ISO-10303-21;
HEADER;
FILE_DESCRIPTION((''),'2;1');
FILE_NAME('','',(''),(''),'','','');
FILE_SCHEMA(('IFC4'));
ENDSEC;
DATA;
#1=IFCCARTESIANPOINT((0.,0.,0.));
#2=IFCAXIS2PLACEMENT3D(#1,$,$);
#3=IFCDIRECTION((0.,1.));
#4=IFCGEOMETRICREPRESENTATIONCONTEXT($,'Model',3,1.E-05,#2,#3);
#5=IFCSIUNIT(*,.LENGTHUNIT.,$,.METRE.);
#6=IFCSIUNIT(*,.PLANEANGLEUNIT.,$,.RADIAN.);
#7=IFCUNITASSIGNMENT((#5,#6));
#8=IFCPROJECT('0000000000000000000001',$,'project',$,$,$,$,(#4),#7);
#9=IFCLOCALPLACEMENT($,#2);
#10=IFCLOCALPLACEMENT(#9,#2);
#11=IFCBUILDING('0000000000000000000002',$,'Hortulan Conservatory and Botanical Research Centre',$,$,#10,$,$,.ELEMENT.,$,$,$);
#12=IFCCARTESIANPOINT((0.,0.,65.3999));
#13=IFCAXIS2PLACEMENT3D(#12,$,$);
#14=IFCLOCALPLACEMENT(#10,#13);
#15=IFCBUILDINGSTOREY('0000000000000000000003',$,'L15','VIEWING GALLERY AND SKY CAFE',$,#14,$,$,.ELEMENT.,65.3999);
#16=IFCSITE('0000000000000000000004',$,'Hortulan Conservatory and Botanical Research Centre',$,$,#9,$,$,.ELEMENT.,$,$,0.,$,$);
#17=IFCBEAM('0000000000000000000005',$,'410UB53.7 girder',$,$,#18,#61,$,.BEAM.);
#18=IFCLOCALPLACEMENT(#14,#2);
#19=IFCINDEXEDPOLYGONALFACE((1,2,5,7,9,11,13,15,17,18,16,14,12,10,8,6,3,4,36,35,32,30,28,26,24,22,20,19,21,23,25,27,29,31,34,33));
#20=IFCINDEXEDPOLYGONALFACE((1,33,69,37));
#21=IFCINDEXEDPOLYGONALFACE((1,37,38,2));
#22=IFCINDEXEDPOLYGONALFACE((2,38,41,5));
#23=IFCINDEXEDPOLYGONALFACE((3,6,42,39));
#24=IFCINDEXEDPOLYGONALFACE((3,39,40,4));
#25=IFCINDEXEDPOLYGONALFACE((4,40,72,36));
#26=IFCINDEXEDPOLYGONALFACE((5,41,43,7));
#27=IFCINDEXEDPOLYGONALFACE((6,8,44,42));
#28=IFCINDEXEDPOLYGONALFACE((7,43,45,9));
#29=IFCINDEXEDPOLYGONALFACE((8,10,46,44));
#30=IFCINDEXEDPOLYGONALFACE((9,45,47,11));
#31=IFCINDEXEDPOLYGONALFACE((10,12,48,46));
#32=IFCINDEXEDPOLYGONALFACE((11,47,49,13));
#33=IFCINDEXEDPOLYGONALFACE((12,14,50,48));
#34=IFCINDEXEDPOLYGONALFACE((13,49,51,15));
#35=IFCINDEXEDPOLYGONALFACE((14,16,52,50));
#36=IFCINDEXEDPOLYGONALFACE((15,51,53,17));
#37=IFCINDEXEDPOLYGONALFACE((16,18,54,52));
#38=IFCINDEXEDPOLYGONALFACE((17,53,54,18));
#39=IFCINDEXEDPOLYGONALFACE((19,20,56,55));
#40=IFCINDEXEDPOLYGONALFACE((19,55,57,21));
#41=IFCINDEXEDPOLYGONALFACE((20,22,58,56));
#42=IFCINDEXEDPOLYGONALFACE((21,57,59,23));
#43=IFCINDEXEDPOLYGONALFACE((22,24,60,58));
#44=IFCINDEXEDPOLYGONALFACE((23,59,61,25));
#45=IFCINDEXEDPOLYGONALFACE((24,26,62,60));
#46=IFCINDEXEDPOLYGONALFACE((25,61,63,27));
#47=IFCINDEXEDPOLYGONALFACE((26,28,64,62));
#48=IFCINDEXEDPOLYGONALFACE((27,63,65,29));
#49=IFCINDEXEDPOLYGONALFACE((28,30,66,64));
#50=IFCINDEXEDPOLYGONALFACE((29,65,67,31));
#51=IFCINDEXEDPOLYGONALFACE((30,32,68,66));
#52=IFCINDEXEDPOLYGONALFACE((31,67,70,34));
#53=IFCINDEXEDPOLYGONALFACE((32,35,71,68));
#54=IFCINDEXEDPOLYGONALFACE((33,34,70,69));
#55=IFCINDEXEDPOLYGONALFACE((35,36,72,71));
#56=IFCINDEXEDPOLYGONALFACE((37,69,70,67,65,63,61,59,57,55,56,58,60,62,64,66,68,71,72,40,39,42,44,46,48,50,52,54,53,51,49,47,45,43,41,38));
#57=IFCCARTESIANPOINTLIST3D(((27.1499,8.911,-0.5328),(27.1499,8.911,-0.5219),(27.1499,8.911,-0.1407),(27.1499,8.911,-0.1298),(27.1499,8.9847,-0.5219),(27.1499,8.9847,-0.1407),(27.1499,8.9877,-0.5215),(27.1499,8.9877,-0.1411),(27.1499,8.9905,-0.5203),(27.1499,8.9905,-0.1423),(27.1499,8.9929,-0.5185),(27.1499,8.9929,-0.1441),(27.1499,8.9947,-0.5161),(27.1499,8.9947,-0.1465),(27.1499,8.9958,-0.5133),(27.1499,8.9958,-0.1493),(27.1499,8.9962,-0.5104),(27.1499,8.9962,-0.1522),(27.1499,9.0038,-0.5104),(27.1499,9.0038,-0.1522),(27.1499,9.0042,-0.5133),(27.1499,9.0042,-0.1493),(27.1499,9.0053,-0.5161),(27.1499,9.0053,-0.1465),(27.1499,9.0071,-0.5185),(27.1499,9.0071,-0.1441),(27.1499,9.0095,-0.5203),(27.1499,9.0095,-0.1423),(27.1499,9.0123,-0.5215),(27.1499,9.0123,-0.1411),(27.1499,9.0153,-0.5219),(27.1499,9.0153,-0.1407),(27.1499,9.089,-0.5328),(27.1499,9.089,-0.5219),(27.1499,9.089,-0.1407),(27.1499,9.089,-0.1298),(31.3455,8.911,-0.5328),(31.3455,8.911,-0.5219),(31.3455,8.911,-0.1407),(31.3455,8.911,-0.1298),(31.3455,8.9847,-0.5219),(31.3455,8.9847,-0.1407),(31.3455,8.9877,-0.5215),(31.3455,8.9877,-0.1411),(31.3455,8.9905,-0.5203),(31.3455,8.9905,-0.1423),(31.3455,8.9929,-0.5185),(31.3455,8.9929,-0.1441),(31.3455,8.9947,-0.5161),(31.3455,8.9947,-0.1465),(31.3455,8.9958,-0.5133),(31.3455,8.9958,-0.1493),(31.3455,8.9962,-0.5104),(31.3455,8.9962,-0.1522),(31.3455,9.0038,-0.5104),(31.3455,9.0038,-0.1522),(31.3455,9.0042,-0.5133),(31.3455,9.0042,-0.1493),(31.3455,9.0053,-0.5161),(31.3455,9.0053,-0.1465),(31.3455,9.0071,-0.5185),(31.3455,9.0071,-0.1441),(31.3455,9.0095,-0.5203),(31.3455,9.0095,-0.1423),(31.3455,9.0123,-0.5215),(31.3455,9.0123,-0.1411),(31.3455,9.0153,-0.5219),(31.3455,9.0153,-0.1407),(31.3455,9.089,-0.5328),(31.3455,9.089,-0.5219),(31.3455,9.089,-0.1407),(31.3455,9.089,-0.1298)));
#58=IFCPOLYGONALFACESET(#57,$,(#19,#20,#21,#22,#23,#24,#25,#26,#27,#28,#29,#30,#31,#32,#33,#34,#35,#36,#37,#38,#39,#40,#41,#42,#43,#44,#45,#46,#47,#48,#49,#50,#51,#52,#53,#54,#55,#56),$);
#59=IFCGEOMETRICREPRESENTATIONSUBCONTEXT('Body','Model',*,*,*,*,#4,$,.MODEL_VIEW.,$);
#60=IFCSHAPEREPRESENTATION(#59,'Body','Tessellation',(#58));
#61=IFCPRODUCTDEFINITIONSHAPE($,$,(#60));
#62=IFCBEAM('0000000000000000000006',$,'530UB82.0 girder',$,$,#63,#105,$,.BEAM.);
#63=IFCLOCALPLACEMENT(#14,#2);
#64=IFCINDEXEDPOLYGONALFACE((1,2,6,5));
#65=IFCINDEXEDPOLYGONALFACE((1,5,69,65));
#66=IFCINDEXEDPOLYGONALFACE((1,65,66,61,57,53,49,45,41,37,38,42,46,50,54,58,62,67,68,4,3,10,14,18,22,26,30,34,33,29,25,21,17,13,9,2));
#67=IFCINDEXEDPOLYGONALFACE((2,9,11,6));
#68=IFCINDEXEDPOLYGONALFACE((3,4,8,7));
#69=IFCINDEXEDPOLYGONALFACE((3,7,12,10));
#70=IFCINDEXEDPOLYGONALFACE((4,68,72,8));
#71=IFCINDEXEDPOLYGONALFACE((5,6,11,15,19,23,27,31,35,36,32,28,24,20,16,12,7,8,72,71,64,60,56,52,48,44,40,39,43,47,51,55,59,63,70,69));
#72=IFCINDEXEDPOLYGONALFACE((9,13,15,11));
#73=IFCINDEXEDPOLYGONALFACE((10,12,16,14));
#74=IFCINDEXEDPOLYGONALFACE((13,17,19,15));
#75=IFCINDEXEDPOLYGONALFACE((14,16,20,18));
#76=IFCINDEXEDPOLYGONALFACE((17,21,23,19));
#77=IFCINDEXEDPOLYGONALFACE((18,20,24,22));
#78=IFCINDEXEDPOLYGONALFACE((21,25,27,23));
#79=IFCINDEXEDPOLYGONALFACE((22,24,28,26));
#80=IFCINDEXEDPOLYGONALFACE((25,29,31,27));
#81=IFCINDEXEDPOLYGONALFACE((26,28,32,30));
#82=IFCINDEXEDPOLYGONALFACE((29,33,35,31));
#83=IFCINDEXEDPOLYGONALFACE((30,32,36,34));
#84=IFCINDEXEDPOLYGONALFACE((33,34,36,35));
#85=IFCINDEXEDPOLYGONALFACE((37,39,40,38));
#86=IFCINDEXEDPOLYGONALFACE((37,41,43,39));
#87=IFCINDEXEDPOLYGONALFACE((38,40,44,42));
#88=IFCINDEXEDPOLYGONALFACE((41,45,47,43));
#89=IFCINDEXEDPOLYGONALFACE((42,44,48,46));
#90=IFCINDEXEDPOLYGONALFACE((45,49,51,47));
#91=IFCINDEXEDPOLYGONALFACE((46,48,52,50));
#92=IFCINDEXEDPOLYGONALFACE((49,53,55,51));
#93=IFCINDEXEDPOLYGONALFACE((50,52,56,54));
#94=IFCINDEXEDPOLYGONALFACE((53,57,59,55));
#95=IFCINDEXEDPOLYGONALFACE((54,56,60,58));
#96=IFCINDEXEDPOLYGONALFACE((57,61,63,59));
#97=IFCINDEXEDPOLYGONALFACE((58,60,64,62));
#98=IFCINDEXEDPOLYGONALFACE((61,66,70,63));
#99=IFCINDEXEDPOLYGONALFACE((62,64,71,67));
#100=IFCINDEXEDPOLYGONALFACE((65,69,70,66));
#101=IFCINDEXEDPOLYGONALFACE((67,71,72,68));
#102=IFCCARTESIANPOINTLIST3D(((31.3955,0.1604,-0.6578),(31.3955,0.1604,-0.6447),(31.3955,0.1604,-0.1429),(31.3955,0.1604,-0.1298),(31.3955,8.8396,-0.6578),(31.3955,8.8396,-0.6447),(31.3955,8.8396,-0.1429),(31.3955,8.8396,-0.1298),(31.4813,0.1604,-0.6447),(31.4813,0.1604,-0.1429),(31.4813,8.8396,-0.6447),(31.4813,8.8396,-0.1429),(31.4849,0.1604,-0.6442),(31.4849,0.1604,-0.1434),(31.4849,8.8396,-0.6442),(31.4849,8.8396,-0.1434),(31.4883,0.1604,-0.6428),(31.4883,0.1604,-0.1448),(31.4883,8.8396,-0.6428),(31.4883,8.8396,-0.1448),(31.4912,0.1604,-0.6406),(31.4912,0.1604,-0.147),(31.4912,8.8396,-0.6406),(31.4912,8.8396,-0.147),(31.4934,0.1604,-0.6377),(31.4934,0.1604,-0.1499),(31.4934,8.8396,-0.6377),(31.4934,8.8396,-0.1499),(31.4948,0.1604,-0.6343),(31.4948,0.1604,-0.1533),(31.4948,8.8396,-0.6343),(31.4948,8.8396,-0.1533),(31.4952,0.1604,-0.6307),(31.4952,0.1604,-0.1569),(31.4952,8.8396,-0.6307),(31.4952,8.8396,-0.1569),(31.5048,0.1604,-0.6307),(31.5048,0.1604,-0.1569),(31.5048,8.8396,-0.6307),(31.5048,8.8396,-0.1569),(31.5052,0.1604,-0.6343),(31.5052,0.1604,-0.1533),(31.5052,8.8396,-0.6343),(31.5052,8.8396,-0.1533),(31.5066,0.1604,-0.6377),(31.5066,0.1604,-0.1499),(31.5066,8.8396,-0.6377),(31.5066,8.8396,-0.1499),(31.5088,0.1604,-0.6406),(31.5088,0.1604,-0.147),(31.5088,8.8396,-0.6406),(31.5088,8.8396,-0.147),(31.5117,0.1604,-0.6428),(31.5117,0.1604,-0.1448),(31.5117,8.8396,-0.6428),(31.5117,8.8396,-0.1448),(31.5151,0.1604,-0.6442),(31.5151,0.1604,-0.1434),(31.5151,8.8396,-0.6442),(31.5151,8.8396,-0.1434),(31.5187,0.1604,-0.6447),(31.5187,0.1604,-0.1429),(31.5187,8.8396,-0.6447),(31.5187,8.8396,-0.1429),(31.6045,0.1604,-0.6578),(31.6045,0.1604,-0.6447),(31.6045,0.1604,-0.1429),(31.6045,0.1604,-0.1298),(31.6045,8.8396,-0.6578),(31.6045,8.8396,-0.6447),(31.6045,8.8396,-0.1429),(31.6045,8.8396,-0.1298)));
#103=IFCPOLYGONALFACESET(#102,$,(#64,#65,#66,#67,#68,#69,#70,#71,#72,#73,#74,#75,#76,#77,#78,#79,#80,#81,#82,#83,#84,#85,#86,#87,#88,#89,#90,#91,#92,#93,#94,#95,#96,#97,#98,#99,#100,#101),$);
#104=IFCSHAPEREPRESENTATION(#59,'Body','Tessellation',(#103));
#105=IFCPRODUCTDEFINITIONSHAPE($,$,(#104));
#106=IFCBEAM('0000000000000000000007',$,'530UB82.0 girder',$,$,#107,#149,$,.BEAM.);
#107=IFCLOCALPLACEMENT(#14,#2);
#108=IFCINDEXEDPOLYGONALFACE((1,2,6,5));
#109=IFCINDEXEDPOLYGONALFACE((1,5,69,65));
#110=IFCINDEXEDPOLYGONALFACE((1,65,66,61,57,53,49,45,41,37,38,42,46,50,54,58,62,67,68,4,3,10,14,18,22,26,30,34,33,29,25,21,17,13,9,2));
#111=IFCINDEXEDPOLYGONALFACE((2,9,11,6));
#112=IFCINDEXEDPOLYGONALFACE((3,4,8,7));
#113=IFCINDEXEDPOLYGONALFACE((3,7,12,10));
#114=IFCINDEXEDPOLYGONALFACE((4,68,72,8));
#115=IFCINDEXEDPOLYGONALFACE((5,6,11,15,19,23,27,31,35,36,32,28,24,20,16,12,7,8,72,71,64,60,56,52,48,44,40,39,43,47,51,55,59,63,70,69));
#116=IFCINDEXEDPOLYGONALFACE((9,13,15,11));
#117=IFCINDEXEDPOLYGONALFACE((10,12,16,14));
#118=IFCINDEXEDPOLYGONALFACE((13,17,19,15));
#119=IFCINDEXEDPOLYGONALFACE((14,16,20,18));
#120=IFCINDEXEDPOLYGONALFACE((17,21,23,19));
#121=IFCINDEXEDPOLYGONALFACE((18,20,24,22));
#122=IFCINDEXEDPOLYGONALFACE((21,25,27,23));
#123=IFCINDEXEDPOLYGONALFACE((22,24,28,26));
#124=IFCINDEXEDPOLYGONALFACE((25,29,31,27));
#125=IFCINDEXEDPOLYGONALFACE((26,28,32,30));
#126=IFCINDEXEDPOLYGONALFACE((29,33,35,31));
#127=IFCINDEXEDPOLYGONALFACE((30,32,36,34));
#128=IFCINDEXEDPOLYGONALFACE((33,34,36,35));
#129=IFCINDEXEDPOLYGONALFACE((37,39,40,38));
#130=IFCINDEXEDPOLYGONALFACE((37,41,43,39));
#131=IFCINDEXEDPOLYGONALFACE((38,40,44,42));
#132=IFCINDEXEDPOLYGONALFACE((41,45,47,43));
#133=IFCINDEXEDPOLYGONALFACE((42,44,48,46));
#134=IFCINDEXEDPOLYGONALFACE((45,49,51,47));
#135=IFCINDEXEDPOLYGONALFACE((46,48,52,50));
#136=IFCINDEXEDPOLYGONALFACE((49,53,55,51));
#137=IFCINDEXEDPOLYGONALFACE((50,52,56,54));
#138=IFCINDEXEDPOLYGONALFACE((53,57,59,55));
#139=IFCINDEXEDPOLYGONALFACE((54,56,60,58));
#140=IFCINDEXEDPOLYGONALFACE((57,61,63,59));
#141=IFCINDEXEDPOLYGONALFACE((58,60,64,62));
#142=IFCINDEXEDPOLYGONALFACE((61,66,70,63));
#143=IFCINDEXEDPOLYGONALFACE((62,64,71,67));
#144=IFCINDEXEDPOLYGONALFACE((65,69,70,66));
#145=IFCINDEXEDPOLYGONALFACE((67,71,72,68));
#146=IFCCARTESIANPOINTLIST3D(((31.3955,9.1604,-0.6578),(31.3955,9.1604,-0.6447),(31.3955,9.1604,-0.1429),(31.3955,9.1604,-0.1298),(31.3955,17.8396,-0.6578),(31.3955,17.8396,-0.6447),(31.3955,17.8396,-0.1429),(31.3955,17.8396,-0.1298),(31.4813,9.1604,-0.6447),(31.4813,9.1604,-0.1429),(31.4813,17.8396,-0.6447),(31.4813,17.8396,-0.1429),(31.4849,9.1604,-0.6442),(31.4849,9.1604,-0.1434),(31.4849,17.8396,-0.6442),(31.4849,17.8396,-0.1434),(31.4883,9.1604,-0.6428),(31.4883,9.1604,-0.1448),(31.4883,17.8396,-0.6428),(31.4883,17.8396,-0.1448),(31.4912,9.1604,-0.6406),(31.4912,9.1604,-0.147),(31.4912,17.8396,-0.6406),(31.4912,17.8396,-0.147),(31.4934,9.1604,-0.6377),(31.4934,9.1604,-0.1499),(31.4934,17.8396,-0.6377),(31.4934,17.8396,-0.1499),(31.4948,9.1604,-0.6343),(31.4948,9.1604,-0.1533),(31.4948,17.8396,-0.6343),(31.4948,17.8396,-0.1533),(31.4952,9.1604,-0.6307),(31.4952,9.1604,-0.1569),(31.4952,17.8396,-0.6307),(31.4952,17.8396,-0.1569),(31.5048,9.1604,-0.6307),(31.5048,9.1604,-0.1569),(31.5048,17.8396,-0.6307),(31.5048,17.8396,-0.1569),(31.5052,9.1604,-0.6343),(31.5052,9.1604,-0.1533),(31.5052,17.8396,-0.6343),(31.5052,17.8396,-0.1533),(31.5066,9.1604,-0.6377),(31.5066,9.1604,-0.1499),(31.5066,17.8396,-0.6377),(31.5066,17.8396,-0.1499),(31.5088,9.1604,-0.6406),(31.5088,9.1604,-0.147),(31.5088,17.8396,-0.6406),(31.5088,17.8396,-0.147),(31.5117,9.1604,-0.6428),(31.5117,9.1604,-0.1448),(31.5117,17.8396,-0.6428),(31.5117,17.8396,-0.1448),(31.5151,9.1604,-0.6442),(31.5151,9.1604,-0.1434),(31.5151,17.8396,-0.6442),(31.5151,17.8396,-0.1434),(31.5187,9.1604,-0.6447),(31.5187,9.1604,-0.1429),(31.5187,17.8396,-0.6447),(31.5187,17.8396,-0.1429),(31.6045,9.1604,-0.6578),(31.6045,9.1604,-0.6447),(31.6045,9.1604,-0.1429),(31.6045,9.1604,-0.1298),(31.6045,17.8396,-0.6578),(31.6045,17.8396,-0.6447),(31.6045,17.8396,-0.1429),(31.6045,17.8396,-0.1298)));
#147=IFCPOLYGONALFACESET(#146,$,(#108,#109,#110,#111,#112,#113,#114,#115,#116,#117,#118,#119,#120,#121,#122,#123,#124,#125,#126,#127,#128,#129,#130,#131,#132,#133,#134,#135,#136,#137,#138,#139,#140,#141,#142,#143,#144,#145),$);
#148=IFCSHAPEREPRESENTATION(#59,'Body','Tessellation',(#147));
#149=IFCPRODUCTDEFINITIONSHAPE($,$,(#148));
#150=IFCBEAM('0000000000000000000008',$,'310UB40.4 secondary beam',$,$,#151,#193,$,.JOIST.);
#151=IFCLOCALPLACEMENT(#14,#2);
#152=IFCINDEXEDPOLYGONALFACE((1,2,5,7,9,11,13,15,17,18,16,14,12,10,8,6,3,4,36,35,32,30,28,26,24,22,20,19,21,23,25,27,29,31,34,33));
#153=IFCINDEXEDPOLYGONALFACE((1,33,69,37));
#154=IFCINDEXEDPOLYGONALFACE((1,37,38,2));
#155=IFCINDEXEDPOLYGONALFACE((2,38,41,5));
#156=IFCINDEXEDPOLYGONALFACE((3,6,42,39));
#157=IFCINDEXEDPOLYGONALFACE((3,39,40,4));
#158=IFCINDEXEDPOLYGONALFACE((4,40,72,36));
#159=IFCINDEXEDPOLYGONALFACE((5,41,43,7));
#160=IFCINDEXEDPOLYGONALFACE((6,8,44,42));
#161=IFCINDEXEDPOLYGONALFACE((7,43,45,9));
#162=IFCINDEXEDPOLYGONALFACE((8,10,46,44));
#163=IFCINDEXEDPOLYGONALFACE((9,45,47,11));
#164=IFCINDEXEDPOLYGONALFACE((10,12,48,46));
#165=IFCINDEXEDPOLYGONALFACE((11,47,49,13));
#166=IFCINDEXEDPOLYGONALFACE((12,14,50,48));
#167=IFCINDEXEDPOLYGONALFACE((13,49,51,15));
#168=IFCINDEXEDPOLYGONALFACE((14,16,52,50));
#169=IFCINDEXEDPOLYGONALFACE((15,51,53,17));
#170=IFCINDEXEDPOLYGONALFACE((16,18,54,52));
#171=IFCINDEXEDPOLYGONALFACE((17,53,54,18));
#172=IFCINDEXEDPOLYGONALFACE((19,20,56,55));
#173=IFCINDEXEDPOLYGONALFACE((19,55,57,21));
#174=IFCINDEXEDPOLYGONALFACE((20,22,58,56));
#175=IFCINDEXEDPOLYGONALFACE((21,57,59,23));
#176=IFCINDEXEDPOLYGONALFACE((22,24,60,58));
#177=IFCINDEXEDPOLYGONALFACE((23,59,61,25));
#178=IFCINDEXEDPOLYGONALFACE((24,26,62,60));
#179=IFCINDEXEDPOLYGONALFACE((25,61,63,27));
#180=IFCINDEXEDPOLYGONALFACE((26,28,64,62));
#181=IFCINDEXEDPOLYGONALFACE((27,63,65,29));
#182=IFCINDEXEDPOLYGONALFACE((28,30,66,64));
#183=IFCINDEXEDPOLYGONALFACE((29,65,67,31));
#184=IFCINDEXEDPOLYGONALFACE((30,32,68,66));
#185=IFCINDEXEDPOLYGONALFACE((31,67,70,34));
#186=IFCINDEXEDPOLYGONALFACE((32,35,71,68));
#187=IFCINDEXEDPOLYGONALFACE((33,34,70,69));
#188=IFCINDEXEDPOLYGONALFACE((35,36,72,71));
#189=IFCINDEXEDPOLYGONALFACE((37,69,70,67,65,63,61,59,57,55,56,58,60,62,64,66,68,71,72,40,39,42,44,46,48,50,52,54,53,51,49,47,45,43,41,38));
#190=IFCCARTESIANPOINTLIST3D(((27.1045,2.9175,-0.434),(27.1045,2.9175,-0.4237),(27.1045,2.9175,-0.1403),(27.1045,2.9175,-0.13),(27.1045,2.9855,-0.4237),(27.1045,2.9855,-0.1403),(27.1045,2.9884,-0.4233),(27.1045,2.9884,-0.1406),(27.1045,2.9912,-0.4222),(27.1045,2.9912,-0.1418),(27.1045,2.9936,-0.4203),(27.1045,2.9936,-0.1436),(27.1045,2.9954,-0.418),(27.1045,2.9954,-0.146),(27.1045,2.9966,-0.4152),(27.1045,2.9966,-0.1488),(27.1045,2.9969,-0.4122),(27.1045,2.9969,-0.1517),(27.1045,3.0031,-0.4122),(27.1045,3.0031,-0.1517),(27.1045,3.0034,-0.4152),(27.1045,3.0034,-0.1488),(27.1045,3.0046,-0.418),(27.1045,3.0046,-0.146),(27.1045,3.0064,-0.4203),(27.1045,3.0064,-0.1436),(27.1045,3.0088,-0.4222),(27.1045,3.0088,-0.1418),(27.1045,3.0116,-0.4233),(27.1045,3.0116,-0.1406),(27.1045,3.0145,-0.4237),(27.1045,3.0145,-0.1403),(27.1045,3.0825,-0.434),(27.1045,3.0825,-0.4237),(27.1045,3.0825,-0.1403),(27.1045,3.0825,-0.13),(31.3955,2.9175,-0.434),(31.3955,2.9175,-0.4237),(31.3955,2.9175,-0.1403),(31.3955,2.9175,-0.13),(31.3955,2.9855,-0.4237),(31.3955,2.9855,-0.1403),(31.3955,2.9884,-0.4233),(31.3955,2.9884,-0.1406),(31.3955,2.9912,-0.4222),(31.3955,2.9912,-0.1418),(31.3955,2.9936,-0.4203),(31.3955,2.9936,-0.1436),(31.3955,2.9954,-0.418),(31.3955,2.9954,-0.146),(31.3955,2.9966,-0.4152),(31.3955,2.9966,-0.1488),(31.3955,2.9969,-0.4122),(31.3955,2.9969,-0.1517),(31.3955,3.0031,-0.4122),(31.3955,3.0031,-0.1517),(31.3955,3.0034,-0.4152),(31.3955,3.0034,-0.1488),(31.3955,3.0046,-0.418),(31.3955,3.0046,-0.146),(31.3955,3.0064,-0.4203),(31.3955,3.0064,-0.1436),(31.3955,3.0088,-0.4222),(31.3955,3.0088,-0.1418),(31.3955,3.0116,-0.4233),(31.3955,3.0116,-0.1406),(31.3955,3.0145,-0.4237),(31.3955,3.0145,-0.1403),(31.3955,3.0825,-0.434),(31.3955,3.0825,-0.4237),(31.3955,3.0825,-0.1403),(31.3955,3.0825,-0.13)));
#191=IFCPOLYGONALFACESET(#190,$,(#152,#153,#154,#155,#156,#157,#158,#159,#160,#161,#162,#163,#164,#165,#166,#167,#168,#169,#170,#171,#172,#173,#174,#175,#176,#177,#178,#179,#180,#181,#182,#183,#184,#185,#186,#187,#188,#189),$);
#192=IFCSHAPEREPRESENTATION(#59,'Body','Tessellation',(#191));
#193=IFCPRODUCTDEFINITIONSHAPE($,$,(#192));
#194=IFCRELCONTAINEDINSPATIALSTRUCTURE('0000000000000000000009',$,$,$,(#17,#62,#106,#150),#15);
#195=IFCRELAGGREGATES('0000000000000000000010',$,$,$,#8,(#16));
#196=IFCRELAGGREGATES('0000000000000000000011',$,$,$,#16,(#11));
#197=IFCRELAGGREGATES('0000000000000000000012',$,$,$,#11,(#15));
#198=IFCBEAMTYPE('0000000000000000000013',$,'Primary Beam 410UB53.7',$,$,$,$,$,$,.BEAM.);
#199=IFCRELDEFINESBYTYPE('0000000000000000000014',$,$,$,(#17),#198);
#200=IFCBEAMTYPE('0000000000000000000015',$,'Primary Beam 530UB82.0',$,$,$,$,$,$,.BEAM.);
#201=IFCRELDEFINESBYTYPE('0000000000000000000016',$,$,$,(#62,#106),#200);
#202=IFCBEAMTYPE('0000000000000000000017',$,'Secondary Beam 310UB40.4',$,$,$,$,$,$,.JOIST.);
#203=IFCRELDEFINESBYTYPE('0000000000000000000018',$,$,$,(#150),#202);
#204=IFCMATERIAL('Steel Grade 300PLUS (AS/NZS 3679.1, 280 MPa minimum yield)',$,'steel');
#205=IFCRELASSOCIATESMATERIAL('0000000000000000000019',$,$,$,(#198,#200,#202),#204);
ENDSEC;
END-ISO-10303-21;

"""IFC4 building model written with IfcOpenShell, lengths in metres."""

from ifc_helpers import new_model, si_unit, direction, frame, origin, origin_2d, place, context, subcontext, project, spatial, i_section, extrude, material, material_profile, profile_set, type_object, element, save


model = new_model("IFC4")

# Units and contexts
model_context = context("Model", 3, precision=1e-05, world=origin(), true_north=direction((0.0, 1.0)))
body_context = subcontext(model_context, "Body", "Model", "MODEL_VIEW")
ifc_project = project(units=[si_unit("LENGTHUNIT", "METRE"), si_unit("PLANEANGLEUNIT", "RADIAN")], contexts=[model_context])

# Site, building, storey
site_placement = place(None, origin())
site = spatial("IfcSite", under=ifc_project, at=site_placement, Name="Hortulan Conservatory and Botanical Research Centre", CompositionType="ELEMENT", RefElevation=0.0)
building_placement = place(site_placement, origin())
building = spatial("IfcBuilding", under=site, at=building_placement, Name="Hortulan Conservatory and Botanical Research Centre", CompositionType="ELEMENT")
storey_placement = place(building_placement, frame((0.0, 0.0, 65.3999)))
storey = spatial("IfcBuildingStorey", under=building, at=storey_placement, Name="L15", Description="VIEWING GALLERY AND SKY CAFE", CompositionType="ELEMENT", Elevation=65.3999)

# Shared definitions
ifc_material_1 = material(Name="Steel Grade 300PLUS (AS/NZS 3679.1, 280 MPa minimum yield)", Category="steel")

# Beams
ifc_material_profile_1 = material_profile(ifc_material_1, i_section(OverallWidth=0.178, OverallDepth=0.4031, WebThickness=0.0076, FlangeThickness=0.011, FilletRadius=0.0115, at=origin_2d()), Name="410UB53.7")
ifc_profile_set_1 = profile_set([ifc_material_profile_1], Name="Steel Grade 300PLUS (AS/NZS 3679.1, 280 MPa minimum yield)")
beam_type_1 = type_object("IfcBeamType", Name="Primary Beam 410UB53.7", PredefinedType="BEAM", material=ifc_profile_set_1)
beam_1_placement = place(storey_placement, frame((27.1499, 9.0, -0.3313), z_axis=(1.0, 0.0, 0.0), x_axis=(0.0, 1.0, 0.0)))
element("IfcBeam", 1, at=beam_1_placement, inside=storey, type_object=beam_type_1, Name="410UB53.7 girder", PredefinedType="BEAM", context=body_context, shape_type="SweptSolid", body=[
    extrude(i_section(OverallWidth=0.178, OverallDepth=0.4031, WebThickness=0.0076, FlangeThickness=0.011, FilletRadius=0.0115, at=origin_2d()), origin(), (0.0, 0.0, 1.0), 4.1956),
])
ifc_material_profile_2 = material_profile(ifc_material_1, i_section(OverallWidth=0.209, OverallDepth=0.5281, WebThickness=0.0095, FlangeThickness=0.0132, FilletRadius=0.0139, at=origin_2d()), Name="530UB82.0")
ifc_profile_set_2 = profile_set([ifc_material_profile_2], Name="Steel Grade 300PLUS (AS/NZS 3679.1, 280 MPa minimum yield)")
beam_type_2 = type_object("IfcBeamType", Name="Primary Beam 530UB82.0", PredefinedType="BEAM", material=ifc_profile_set_2)
for number, where, z_axis, x_axis, name in (
    (2, (31.5, 0.1604, -0.3938), (0.0, 1.0, 0.0), (-1.0, 0.0, 0.0), "530UB82.0 girder"),
    (3, (31.5, 9.1604, -0.3938), (0.0, 1.0, 0.0), (-1.0, 0.0, 0.0), "530UB82.0 girder"),
):
    element("IfcBeam", number, at=place(storey_placement, frame(where, z_axis=z_axis, x_axis=x_axis)), inside=storey, type_object=beam_type_2, Name=name, PredefinedType="BEAM", context=body_context, shape_type="SweptSolid", body=[
        extrude(i_section(OverallWidth=0.209, OverallDepth=0.5281, WebThickness=0.0095, FlangeThickness=0.0132, FilletRadius=0.0139, at=origin_2d()), origin(), (0.0, 0.0, 1.0), 8.6792),
    ])
ifc_material_profile_3 = material_profile(ifc_material_1, i_section(OverallWidth=0.165, OverallDepth=0.304, WebThickness=0.0061, FlangeThickness=0.0103, FilletRadius=0.0115, at=origin_2d()), Name="310UB40.4")
ifc_profile_set_3 = profile_set([ifc_material_profile_3], Name="Steel Grade 300PLUS (AS/NZS 3679.1, 280 MPa minimum yield)")
beam_type_3 = type_object("IfcBeamType", Name="Secondary Beam 310UB40.4", PredefinedType="JOIST", material=ifc_profile_set_3)
for number, where, z_axis, x_axis, name in (
    (4, (27.1045, 3.0, -0.282), (1.0, 0.0, 0.0), (0.0, 1.0, 0.0), "310UB40.4 secondary beam"),
):
    element("IfcBeam", number, at=place(storey_placement, frame(where, z_axis=z_axis, x_axis=x_axis)), inside=storey, type_object=beam_type_3, Name=name, PredefinedType="JOIST", context=body_context, shape_type="SweptSolid", body=[
        extrude(i_section(OverallWidth=0.165, OverallDepth=0.304, WebThickness=0.0061, FlangeThickness=0.0103, FilletRadius=0.0115, at=origin_2d()), origin(), (0.0, 0.0, 1.0), 4.291),
    ])

save(model, "model.ifc")
